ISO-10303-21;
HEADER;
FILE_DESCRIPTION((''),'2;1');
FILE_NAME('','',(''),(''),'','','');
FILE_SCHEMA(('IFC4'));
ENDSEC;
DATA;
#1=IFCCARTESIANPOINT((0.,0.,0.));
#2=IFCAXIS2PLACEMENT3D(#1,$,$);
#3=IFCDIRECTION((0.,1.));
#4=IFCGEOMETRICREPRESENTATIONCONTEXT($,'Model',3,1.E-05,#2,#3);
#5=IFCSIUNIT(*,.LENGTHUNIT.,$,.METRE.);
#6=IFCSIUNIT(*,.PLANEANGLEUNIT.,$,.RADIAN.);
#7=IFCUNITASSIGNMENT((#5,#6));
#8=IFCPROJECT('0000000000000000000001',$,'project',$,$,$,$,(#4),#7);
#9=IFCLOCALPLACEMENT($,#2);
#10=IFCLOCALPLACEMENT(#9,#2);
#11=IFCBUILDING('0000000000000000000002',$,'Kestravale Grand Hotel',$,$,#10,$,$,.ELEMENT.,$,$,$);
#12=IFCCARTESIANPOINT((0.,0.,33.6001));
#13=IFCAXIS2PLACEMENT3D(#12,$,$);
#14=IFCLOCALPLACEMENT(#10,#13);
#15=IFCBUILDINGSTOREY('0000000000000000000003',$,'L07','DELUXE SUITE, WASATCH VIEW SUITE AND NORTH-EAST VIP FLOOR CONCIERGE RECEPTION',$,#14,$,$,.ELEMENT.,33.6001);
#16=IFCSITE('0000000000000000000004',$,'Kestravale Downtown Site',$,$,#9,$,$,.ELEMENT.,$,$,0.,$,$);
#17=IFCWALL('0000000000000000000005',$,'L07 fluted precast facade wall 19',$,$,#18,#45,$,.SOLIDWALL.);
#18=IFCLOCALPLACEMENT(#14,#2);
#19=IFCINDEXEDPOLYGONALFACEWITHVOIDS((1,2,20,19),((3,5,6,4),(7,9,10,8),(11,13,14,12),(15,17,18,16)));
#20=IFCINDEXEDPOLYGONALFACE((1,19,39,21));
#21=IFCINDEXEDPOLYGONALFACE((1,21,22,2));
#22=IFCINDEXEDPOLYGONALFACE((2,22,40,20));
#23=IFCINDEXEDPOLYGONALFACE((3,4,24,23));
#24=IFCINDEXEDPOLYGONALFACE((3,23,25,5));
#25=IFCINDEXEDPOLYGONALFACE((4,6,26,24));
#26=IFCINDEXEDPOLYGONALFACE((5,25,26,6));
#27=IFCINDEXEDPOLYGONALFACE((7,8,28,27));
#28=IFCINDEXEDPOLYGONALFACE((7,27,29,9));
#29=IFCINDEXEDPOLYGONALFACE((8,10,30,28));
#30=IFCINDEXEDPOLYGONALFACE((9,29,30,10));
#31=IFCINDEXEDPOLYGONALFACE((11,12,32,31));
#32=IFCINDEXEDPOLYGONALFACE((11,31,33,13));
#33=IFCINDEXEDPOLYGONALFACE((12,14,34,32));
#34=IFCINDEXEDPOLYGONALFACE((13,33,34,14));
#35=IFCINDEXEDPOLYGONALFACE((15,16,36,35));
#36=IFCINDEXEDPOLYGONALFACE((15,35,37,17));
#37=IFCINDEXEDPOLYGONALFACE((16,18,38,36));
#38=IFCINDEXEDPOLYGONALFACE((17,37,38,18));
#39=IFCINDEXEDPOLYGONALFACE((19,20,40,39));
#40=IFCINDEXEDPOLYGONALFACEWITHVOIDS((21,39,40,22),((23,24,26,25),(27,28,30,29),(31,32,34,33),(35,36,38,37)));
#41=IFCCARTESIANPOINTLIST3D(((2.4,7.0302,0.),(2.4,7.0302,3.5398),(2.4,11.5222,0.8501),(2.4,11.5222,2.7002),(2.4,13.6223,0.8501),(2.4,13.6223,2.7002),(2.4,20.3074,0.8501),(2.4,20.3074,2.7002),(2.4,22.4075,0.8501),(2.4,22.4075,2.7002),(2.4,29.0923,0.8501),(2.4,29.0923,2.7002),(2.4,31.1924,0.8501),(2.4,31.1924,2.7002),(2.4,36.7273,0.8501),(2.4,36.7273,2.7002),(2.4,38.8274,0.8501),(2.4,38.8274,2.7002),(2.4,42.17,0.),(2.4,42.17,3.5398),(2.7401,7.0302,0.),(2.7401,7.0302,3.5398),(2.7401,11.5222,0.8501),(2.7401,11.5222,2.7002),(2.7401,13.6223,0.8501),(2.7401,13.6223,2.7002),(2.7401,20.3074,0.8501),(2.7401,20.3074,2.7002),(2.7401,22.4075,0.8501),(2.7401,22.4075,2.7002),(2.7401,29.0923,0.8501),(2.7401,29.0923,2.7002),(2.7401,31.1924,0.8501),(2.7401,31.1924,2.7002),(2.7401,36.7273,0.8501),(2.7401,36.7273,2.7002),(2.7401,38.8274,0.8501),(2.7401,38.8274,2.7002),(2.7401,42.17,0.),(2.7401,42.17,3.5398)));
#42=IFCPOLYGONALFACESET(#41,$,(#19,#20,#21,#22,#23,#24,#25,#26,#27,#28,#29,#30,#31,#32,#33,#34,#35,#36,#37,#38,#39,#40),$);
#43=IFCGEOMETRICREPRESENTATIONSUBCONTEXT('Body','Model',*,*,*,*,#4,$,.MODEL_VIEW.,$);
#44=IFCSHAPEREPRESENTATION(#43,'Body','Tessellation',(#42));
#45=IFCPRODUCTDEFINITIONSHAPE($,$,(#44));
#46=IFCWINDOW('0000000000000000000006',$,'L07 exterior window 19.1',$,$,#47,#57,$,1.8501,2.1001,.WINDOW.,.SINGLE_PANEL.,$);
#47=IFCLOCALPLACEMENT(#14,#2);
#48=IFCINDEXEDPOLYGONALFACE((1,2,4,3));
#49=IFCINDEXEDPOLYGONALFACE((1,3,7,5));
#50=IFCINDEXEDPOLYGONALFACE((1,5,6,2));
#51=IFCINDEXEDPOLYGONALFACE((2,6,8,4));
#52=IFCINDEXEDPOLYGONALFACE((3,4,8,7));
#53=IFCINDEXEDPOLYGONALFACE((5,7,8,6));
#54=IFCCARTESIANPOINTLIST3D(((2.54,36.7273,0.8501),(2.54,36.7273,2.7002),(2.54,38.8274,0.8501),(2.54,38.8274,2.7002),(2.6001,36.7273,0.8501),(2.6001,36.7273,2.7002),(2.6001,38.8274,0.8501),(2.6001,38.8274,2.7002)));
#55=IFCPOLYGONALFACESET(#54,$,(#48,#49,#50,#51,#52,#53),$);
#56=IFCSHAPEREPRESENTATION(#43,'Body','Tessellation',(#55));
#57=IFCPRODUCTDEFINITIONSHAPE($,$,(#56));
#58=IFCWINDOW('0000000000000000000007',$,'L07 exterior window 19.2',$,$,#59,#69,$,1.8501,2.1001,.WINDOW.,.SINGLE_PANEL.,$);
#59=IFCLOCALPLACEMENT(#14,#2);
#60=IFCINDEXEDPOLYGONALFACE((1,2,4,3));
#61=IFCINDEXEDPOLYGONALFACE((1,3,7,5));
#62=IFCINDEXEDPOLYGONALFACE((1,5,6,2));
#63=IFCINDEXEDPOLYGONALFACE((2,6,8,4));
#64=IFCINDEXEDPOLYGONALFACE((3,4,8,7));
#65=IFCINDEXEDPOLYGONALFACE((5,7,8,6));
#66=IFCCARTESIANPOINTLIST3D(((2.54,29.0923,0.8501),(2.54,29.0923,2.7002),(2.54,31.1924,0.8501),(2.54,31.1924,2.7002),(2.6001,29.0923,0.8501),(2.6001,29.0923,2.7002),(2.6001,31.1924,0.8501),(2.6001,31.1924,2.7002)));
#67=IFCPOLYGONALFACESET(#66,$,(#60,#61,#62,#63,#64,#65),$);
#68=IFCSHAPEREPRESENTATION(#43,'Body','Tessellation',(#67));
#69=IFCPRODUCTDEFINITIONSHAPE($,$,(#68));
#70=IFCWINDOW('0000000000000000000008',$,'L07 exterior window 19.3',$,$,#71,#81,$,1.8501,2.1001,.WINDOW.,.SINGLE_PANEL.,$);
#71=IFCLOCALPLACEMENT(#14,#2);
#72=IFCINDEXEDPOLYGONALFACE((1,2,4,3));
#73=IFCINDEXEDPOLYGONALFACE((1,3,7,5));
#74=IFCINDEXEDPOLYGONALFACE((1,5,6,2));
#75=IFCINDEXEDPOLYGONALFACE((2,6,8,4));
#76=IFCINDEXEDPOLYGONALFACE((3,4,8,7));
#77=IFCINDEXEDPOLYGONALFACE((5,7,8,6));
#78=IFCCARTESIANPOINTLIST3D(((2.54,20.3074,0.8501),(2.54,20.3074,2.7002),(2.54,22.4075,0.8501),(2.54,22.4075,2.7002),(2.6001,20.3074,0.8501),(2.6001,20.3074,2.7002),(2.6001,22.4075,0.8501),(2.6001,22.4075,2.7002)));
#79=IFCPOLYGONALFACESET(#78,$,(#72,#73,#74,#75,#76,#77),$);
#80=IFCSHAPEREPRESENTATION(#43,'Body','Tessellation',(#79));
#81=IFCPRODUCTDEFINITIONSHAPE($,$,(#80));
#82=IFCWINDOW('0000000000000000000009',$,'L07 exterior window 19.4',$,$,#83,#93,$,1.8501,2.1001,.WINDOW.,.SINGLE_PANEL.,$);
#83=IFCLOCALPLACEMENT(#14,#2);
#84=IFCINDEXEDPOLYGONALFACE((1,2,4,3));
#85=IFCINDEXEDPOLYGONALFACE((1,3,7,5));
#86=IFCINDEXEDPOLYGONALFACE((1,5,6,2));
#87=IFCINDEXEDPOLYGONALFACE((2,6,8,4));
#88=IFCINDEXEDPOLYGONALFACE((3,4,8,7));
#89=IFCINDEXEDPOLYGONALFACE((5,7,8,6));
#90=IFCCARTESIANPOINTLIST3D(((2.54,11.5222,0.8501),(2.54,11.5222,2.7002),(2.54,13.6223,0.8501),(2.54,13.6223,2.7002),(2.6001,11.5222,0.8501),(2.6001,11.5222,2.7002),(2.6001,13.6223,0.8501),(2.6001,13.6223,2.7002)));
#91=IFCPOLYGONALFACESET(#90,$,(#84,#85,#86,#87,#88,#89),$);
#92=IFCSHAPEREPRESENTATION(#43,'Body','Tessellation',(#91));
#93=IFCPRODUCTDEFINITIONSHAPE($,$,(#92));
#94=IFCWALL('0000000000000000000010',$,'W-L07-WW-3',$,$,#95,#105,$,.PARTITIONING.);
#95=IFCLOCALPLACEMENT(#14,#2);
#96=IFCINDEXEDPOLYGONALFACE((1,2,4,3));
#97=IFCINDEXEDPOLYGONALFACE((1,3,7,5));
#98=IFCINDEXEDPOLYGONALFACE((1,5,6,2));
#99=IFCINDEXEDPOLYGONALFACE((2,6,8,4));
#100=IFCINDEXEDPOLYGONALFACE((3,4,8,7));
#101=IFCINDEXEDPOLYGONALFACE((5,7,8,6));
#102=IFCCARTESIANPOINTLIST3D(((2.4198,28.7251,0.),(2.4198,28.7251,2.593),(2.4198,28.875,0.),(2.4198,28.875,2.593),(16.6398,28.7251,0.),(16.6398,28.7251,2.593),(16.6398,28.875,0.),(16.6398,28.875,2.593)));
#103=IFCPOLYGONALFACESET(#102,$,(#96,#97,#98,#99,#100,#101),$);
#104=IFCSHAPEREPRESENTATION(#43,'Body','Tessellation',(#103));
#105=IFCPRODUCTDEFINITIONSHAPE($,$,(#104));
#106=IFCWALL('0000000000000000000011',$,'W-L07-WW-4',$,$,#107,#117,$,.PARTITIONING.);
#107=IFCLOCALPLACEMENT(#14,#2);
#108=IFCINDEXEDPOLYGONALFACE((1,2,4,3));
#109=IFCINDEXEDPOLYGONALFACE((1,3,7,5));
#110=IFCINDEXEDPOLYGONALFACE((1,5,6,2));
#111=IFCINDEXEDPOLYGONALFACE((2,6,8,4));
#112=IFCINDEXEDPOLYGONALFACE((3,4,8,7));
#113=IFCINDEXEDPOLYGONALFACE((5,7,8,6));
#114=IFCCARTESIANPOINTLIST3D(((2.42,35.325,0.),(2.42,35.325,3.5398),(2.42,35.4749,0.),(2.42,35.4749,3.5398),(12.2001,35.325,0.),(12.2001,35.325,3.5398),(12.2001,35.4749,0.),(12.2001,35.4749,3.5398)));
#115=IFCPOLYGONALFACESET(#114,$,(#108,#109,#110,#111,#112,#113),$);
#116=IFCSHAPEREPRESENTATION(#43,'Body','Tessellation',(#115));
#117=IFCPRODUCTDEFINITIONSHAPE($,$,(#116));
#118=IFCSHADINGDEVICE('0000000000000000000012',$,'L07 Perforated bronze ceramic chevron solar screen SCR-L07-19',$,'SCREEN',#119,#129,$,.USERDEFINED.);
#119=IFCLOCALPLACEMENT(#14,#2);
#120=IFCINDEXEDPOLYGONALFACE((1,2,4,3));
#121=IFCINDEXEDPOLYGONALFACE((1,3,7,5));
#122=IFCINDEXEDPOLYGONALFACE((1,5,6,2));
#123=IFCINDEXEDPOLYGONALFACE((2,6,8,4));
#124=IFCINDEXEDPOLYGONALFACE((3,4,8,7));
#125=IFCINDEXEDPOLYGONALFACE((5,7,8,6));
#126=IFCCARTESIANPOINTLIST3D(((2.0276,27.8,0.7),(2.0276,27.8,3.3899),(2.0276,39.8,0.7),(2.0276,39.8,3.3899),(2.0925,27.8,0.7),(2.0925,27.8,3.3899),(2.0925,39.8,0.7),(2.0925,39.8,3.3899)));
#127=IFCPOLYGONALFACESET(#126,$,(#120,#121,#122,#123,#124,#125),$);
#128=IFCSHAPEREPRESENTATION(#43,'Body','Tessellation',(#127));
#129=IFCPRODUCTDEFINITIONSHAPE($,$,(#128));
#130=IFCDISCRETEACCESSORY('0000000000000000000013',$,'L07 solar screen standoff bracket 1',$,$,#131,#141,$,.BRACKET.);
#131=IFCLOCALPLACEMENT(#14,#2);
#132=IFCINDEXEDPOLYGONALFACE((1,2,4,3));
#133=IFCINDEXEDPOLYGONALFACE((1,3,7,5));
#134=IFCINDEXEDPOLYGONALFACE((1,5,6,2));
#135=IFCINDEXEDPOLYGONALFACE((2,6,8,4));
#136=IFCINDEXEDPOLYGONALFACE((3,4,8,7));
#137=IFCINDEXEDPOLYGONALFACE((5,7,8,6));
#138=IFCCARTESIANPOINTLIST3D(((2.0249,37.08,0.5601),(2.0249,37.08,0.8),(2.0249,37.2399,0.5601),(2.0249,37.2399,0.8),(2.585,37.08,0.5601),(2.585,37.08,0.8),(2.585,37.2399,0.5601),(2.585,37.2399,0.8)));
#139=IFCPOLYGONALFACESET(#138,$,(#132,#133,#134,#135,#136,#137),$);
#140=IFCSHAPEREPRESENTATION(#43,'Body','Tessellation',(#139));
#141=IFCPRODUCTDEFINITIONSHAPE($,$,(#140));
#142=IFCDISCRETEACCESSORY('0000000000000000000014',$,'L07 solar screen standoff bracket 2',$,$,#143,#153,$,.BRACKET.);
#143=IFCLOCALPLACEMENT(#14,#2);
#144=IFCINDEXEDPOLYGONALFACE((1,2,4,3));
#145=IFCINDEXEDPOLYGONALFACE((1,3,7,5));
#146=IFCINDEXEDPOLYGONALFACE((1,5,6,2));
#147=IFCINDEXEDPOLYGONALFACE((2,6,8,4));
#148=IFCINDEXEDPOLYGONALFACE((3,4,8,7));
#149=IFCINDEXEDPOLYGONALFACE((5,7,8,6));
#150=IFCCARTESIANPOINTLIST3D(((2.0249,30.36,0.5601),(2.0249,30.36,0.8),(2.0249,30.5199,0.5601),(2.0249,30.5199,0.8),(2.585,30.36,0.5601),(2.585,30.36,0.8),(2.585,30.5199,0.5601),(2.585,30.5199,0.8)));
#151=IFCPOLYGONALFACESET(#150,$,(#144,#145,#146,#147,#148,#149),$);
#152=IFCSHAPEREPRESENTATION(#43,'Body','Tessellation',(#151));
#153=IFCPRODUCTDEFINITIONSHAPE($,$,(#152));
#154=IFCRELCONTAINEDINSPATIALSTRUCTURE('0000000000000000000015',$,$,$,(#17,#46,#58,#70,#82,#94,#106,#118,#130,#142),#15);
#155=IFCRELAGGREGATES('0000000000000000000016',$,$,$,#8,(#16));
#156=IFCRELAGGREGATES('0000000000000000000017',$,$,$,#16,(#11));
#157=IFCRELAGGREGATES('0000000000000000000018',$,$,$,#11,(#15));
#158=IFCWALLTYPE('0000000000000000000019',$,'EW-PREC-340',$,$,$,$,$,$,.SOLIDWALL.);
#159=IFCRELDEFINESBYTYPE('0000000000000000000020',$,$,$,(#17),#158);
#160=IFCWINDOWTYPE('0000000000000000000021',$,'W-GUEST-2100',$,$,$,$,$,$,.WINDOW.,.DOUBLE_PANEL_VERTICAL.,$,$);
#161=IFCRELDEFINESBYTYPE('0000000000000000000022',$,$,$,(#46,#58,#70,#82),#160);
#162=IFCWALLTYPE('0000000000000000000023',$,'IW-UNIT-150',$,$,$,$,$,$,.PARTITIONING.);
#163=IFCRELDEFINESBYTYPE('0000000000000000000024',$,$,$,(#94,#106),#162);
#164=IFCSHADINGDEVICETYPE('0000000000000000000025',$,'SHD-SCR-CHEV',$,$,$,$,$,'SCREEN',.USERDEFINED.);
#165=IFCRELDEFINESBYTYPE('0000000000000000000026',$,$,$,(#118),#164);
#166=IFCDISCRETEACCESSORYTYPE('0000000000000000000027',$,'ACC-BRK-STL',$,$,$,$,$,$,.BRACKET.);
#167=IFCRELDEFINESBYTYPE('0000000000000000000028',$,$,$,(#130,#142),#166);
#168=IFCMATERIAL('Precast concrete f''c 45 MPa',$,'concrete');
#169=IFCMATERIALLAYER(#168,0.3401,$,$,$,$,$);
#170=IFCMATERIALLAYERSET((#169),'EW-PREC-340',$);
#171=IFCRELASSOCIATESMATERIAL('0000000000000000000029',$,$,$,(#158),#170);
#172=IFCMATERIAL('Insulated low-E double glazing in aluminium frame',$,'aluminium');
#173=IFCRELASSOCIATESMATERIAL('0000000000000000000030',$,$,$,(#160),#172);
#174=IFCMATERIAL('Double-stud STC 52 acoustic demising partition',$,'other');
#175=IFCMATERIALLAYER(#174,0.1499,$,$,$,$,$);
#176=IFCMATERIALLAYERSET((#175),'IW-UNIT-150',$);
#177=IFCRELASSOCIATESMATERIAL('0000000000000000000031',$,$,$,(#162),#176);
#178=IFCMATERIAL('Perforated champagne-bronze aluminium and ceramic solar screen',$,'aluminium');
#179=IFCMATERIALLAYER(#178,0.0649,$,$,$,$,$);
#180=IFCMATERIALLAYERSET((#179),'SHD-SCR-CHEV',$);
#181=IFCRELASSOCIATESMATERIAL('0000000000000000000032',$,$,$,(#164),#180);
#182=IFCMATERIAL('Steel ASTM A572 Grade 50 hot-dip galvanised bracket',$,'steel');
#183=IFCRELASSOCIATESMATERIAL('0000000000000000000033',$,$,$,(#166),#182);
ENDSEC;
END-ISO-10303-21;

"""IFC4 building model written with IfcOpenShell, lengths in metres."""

from ifc_helpers import new_model, si_unit, direction, frame, frame_2d, origin, origin_2d, place, context, subcontext, project, spatial, rectangle, extrude, material, layer, layer_set, type_object, element, fill, save


model = new_model("IFC4")

# Units and contexts
model_context = context("Model", 3, precision=1e-05, world=origin(), true_north=direction((0.0, 1.0)))
body_context = subcontext(model_context, "Body", "Model", "MODEL_VIEW")
ifc_project = project(units=[si_unit("LENGTHUNIT", "METRE"), si_unit("PLANEANGLEUNIT", "RADIAN")], contexts=[model_context])

# Site, building, storey
site_placement = place(None, origin())
site = spatial("IfcSite", under=ifc_project, at=site_placement, Name="Kestravale Downtown Site", CompositionType="ELEMENT", RefElevation=0.0)
building_placement = place(site_placement, origin())
building = spatial("IfcBuilding", under=site, at=building_placement, Name="Kestravale Grand Hotel", CompositionType="ELEMENT")
storey_placement = place(building_placement, frame((0.0, 0.0, 33.6001)))
storey = spatial("IfcBuildingStorey", under=building, at=storey_placement, Name="L07", Description="DELUXE SUITE, WASATCH VIEW SUITE AND NORTH-EAST VIP FLOOR CONCIERGE RECEPTION", CompositionType="ELEMENT", Elevation=33.6001)

# Wall, openings, windows
ifc_material_1 = material(Name="Precast concrete f'c 45 MPa", Category="concrete")
ifc_layer_1 = layer(ifc_material_1, 0.3401)
ifc_layer_set_1 = layer_set([ifc_layer_1], Name="EW-PREC-340")
wall_type_1 = type_object("IfcWallType", Name="EW-PREC-340", PredefinedType="SOLIDWALL", material=ifc_layer_set_1)
wall_1_placement = place(storey_placement, frame((2.5701, 42.1699, 0.0), z_axis=(0.0, 0.0, 1.0), x_axis=(0.0, -1.0, 0.0)))
wall_1 = element("IfcWall", 1, at=wall_1_placement, inside=storey, type_object=wall_type_1, Name="L07 fluted precast facade wall 19", PredefinedType="SOLIDWALL", context=body_context, shape_type="SweptSolid", body=[
    extrude(rectangle(XDim=35.1399, YDim=0.3401, at=frame_2d((17.5698, 0.0))), origin(), (0.0, 0.0, 1.0), 3.5398),
])
opening_1_placement = place(wall_1_placement, frame((3.3425, 0.0, 0.8501)))
opening_1 = element("IfcOpeningElement", 2, at=opening_1_placement, cuts=wall_1, PredefinedType="OPENING", context=body_context, shape_type="SweptSolid", body=[
    extrude(rectangle(XDim=2.1001, YDim=1.8501, at=frame_2d((1.05, 0.925))), frame((0.0, 0.1799, 0.0), z_axis=(0.0, -1.0, 0.0), x_axis=(1.0, 0.0, 0.0)), (0.0, 0.0, 1.0), 0.3601),
])
opening_2_placement = place(wall_1_placement, frame((10.9775, 0.0, 0.8501)))
opening_2 = element("IfcOpeningElement", 3, at=opening_2_placement, cuts=wall_1, PredefinedType="OPENING", context=body_context, shape_type="SweptSolid", body=[
    extrude(rectangle(XDim=2.1001, YDim=1.8501, at=frame_2d((1.05, 0.925))), frame((0.0, 0.1799, 0.0), z_axis=(0.0, -1.0, 0.0), x_axis=(1.0, 0.0, 0.0)), (0.0, 0.0, 1.0), 0.3601),
])
opening_3_placement = place(wall_1_placement, frame((19.7625, 0.0, 0.8501)))
opening_3 = element("IfcOpeningElement", 4, at=opening_3_placement, cuts=wall_1, PredefinedType="OPENING", context=body_context, shape_type="SweptSolid", body=[
    extrude(rectangle(XDim=2.1001, YDim=1.8501, at=frame_2d((1.05, 0.925))), frame((0.0, 0.1799, 0.0), z_axis=(0.0, -1.0, 0.0), x_axis=(1.0, 0.0, 0.0)), (0.0, 0.0, 1.0), 0.3601),
])
opening_4_placement = place(wall_1_placement, frame((28.5476, 0.0, 0.8501)))
opening_4 = element("IfcOpeningElement", 5, at=opening_4_placement, cuts=wall_1, PredefinedType="OPENING", context=body_context, shape_type="SweptSolid", body=[
    extrude(rectangle(XDim=2.1001, YDim=1.8501, at=frame_2d((1.05, 0.925))), frame((0.0, 0.1799, 0.0), z_axis=(0.0, -1.0, 0.0), x_axis=(1.0, 0.0, 0.0)), (0.0, 0.0, 1.0), 0.3601),
])
ifc_material_2 = material(Name="Insulated low-E double glazing in aluminium frame", Category="aluminium")
window_type = type_object("IfcWindowType", Name="W-GUEST-2100", PartitioningType="DOUBLE_PANEL_VERTICAL", PredefinedType="WINDOW", material=ifc_material_2)
window_1_placement = place(opening_1_placement, origin())
window_1 = element("IfcWindow", 6, at=window_1_placement, inside=storey, type_object=window_type, Name="L07 exterior window 19.1", OverallHeight=1.8501, OverallWidth=2.1001, PartitioningType="SINGLE_PANEL", PredefinedType="WINDOW", context=body_context, shape_type="SweptSolid", body=[
    extrude(rectangle(XDim=2.1001, YDim=1.8501, at=frame_2d((1.05, 0.925))), frame((0.0, 0.03, 0.0), z_axis=(0.0, -1.0, 0.0), x_axis=(1.0, 0.0, 0.0)), (0.0, 0.0, 1.0), 0.0601),
])
fill(opening_1, window_1)
window_2_placement = place(opening_2_placement, origin())
window_2 = element("IfcWindow", 7, at=window_2_placement, inside=storey, type_object=window_type, Name="L07 exterior window 19.2", OverallHeight=1.8501, OverallWidth=2.1001, PartitioningType="SINGLE_PANEL", PredefinedType="WINDOW", context=body_context, shape_type="SweptSolid", body=[
    extrude(rectangle(XDim=2.1001, YDim=1.8501, at=frame_2d((1.05, 0.925))), frame((0.0, 0.03, 0.0), z_axis=(0.0, -1.0, 0.0), x_axis=(1.0, 0.0, 0.0)), (0.0, 0.0, 1.0), 0.0601),
])
fill(opening_2, window_2)
window_3_placement = place(opening_3_placement, origin())
window_3 = element("IfcWindow", 8, at=window_3_placement, inside=storey, type_object=window_type, Name="L07 exterior window 19.3", OverallHeight=1.8501, OverallWidth=2.1001, PartitioningType="SINGLE_PANEL", PredefinedType="WINDOW", context=body_context, shape_type="SweptSolid", body=[
    extrude(rectangle(XDim=2.1001, YDim=1.8501, at=frame_2d((1.05, 0.925))), frame((0.0, 0.03, 0.0), z_axis=(0.0, -1.0, 0.0), x_axis=(1.0, 0.0, 0.0)), (0.0, 0.0, 1.0), 0.0601),
])
fill(opening_3, window_3)
window_4_placement = place(opening_4_placement, origin())
window_4 = element("IfcWindow", 9, at=window_4_placement, inside=storey, type_object=window_type, Name="L07 exterior window 19.4", OverallHeight=1.8501, OverallWidth=2.1001, PartitioningType="SINGLE_PANEL", PredefinedType="WINDOW", context=body_context, shape_type="SweptSolid", body=[
    extrude(rectangle(XDim=2.1001, YDim=1.8501, at=frame_2d((1.05, 0.925))), frame((0.0, 0.03, 0.0), z_axis=(0.0, -1.0, 0.0), x_axis=(1.0, 0.0, 0.0)), (0.0, 0.0, 1.0), 0.0601),
])
fill(opening_4, window_4)

# Walls
ifc_material_3 = material(Name="Double-stud STC 52 acoustic demising partition", Category="other")
ifc_layer_2 = layer(ifc_material_3, 0.1499)
ifc_layer_set_2 = layer_set([ifc_layer_2], Name="IW-UNIT-150")
wall_type_2 = type_object("IfcWallType", Name="IW-UNIT-150", PredefinedType="PARTITIONING", material=ifc_layer_set_2)
wall_2_placement = place(storey_placement, frame((2.4199, 28.8, 0.0), z_axis=(0.0, 0.0, 1.0), x_axis=(1.0, 0.0, 0.0)))
element("IfcWall", 10, at=wall_2_placement, inside=storey, type_object=wall_type_2, Name="W-L07-WW-3", PredefinedType="PARTITIONING", context=body_context, shape_type="SweptSolid", body=[
    extrude(rectangle(XDim=14.22, YDim=0.1499, at=frame_2d((7.1099, 0.0))), origin(), (0.0, 0.0, 1.0), 2.593),
])
wall_3_placement = place(storey_placement, frame((2.4199, 35.3999, 0.0), z_axis=(0.0, 0.0, 1.0), x_axis=(1.0, 0.0, 0.0)))
element("IfcWall", 11, at=wall_3_placement, inside=storey, type_object=wall_type_2, Name="W-L07-WW-4", PredefinedType="PARTITIONING", context=body_context, shape_type="SweptSolid", body=[
    extrude(rectangle(XDim=9.78, YDim=0.1499, at=frame_2d((4.8901, 0.0))), origin(), (0.0, 0.0, 1.0), 3.5398),
])

# Shading device
ifc_material_4 = material(Name="Perforated champagne-bronze aluminium and ceramic solar screen", Category="aluminium")
ifc_layer_3 = layer(ifc_material_4, 0.0649)
ifc_layer_set_3 = layer_set([ifc_layer_3], Name="SHD-SCR-CHEV")
shading_device_type = type_object("IfcShadingDeviceType", Name="SHD-SCR-CHEV", ElementType="SCREEN", PredefinedType="USERDEFINED", material=ifc_layer_set_3)
shading_device_placement = place(storey_placement, frame((2.0601, 33.8, 0.7), z_axis=(0.0, 0.0, 1.0), x_axis=(0.0, -1.0, 0.0)))
element("IfcShadingDevice", 12, at=shading_device_placement, inside=storey, type_object=shading_device_type, Name="L07 Perforated bronze ceramic chevron solar screen SCR-L07-19", ObjectType="SCREEN", PredefinedType="USERDEFINED", context=body_context, shape_type="SweptSolid", body=[
    extrude(rectangle(XDim=12.0, YDim=0.0649, at=origin_2d()), origin(), (0.0, 0.0, 1.0), 2.6899),
])

# Discrete accessories
ifc_material_5 = material(Name="Steel ASTM A572 Grade 50 hot-dip galvanised bracket", Category="steel")
discrete_accessory_type = type_object("IfcDiscreteAccessoryType", Name="ACC-BRK-STL", PredefinedType="BRACKET", material=ifc_material_5)
for number, where, z_axis, x_axis, name in (
    (13, (2.3049, 37.1599, 0.5601), (0.0, 0.0, 1.0), (0.0, -1.0, 0.0), "L07 solar screen standoff bracket 1"),
    (14, (2.3049, 30.4399, 0.5601), (0.0, 0.0, 1.0), (0.0, -1.0, 0.0), "L07 solar screen standoff bracket 2"),
):
    element("IfcDiscreteAccessory", number, at=place(storey_placement, frame(where, z_axis=z_axis, x_axis=x_axis)), inside=storey, type_object=discrete_accessory_type, Name=name, PredefinedType="BRACKET", context=body_context, shape_type="SweptSolid", body=[
        extrude(rectangle(XDim=0.1599, YDim=0.5601, at=origin_2d()), origin(), (0.0, 0.0, 1.0), 0.24),
    ])

save(model, "model.ifc")
